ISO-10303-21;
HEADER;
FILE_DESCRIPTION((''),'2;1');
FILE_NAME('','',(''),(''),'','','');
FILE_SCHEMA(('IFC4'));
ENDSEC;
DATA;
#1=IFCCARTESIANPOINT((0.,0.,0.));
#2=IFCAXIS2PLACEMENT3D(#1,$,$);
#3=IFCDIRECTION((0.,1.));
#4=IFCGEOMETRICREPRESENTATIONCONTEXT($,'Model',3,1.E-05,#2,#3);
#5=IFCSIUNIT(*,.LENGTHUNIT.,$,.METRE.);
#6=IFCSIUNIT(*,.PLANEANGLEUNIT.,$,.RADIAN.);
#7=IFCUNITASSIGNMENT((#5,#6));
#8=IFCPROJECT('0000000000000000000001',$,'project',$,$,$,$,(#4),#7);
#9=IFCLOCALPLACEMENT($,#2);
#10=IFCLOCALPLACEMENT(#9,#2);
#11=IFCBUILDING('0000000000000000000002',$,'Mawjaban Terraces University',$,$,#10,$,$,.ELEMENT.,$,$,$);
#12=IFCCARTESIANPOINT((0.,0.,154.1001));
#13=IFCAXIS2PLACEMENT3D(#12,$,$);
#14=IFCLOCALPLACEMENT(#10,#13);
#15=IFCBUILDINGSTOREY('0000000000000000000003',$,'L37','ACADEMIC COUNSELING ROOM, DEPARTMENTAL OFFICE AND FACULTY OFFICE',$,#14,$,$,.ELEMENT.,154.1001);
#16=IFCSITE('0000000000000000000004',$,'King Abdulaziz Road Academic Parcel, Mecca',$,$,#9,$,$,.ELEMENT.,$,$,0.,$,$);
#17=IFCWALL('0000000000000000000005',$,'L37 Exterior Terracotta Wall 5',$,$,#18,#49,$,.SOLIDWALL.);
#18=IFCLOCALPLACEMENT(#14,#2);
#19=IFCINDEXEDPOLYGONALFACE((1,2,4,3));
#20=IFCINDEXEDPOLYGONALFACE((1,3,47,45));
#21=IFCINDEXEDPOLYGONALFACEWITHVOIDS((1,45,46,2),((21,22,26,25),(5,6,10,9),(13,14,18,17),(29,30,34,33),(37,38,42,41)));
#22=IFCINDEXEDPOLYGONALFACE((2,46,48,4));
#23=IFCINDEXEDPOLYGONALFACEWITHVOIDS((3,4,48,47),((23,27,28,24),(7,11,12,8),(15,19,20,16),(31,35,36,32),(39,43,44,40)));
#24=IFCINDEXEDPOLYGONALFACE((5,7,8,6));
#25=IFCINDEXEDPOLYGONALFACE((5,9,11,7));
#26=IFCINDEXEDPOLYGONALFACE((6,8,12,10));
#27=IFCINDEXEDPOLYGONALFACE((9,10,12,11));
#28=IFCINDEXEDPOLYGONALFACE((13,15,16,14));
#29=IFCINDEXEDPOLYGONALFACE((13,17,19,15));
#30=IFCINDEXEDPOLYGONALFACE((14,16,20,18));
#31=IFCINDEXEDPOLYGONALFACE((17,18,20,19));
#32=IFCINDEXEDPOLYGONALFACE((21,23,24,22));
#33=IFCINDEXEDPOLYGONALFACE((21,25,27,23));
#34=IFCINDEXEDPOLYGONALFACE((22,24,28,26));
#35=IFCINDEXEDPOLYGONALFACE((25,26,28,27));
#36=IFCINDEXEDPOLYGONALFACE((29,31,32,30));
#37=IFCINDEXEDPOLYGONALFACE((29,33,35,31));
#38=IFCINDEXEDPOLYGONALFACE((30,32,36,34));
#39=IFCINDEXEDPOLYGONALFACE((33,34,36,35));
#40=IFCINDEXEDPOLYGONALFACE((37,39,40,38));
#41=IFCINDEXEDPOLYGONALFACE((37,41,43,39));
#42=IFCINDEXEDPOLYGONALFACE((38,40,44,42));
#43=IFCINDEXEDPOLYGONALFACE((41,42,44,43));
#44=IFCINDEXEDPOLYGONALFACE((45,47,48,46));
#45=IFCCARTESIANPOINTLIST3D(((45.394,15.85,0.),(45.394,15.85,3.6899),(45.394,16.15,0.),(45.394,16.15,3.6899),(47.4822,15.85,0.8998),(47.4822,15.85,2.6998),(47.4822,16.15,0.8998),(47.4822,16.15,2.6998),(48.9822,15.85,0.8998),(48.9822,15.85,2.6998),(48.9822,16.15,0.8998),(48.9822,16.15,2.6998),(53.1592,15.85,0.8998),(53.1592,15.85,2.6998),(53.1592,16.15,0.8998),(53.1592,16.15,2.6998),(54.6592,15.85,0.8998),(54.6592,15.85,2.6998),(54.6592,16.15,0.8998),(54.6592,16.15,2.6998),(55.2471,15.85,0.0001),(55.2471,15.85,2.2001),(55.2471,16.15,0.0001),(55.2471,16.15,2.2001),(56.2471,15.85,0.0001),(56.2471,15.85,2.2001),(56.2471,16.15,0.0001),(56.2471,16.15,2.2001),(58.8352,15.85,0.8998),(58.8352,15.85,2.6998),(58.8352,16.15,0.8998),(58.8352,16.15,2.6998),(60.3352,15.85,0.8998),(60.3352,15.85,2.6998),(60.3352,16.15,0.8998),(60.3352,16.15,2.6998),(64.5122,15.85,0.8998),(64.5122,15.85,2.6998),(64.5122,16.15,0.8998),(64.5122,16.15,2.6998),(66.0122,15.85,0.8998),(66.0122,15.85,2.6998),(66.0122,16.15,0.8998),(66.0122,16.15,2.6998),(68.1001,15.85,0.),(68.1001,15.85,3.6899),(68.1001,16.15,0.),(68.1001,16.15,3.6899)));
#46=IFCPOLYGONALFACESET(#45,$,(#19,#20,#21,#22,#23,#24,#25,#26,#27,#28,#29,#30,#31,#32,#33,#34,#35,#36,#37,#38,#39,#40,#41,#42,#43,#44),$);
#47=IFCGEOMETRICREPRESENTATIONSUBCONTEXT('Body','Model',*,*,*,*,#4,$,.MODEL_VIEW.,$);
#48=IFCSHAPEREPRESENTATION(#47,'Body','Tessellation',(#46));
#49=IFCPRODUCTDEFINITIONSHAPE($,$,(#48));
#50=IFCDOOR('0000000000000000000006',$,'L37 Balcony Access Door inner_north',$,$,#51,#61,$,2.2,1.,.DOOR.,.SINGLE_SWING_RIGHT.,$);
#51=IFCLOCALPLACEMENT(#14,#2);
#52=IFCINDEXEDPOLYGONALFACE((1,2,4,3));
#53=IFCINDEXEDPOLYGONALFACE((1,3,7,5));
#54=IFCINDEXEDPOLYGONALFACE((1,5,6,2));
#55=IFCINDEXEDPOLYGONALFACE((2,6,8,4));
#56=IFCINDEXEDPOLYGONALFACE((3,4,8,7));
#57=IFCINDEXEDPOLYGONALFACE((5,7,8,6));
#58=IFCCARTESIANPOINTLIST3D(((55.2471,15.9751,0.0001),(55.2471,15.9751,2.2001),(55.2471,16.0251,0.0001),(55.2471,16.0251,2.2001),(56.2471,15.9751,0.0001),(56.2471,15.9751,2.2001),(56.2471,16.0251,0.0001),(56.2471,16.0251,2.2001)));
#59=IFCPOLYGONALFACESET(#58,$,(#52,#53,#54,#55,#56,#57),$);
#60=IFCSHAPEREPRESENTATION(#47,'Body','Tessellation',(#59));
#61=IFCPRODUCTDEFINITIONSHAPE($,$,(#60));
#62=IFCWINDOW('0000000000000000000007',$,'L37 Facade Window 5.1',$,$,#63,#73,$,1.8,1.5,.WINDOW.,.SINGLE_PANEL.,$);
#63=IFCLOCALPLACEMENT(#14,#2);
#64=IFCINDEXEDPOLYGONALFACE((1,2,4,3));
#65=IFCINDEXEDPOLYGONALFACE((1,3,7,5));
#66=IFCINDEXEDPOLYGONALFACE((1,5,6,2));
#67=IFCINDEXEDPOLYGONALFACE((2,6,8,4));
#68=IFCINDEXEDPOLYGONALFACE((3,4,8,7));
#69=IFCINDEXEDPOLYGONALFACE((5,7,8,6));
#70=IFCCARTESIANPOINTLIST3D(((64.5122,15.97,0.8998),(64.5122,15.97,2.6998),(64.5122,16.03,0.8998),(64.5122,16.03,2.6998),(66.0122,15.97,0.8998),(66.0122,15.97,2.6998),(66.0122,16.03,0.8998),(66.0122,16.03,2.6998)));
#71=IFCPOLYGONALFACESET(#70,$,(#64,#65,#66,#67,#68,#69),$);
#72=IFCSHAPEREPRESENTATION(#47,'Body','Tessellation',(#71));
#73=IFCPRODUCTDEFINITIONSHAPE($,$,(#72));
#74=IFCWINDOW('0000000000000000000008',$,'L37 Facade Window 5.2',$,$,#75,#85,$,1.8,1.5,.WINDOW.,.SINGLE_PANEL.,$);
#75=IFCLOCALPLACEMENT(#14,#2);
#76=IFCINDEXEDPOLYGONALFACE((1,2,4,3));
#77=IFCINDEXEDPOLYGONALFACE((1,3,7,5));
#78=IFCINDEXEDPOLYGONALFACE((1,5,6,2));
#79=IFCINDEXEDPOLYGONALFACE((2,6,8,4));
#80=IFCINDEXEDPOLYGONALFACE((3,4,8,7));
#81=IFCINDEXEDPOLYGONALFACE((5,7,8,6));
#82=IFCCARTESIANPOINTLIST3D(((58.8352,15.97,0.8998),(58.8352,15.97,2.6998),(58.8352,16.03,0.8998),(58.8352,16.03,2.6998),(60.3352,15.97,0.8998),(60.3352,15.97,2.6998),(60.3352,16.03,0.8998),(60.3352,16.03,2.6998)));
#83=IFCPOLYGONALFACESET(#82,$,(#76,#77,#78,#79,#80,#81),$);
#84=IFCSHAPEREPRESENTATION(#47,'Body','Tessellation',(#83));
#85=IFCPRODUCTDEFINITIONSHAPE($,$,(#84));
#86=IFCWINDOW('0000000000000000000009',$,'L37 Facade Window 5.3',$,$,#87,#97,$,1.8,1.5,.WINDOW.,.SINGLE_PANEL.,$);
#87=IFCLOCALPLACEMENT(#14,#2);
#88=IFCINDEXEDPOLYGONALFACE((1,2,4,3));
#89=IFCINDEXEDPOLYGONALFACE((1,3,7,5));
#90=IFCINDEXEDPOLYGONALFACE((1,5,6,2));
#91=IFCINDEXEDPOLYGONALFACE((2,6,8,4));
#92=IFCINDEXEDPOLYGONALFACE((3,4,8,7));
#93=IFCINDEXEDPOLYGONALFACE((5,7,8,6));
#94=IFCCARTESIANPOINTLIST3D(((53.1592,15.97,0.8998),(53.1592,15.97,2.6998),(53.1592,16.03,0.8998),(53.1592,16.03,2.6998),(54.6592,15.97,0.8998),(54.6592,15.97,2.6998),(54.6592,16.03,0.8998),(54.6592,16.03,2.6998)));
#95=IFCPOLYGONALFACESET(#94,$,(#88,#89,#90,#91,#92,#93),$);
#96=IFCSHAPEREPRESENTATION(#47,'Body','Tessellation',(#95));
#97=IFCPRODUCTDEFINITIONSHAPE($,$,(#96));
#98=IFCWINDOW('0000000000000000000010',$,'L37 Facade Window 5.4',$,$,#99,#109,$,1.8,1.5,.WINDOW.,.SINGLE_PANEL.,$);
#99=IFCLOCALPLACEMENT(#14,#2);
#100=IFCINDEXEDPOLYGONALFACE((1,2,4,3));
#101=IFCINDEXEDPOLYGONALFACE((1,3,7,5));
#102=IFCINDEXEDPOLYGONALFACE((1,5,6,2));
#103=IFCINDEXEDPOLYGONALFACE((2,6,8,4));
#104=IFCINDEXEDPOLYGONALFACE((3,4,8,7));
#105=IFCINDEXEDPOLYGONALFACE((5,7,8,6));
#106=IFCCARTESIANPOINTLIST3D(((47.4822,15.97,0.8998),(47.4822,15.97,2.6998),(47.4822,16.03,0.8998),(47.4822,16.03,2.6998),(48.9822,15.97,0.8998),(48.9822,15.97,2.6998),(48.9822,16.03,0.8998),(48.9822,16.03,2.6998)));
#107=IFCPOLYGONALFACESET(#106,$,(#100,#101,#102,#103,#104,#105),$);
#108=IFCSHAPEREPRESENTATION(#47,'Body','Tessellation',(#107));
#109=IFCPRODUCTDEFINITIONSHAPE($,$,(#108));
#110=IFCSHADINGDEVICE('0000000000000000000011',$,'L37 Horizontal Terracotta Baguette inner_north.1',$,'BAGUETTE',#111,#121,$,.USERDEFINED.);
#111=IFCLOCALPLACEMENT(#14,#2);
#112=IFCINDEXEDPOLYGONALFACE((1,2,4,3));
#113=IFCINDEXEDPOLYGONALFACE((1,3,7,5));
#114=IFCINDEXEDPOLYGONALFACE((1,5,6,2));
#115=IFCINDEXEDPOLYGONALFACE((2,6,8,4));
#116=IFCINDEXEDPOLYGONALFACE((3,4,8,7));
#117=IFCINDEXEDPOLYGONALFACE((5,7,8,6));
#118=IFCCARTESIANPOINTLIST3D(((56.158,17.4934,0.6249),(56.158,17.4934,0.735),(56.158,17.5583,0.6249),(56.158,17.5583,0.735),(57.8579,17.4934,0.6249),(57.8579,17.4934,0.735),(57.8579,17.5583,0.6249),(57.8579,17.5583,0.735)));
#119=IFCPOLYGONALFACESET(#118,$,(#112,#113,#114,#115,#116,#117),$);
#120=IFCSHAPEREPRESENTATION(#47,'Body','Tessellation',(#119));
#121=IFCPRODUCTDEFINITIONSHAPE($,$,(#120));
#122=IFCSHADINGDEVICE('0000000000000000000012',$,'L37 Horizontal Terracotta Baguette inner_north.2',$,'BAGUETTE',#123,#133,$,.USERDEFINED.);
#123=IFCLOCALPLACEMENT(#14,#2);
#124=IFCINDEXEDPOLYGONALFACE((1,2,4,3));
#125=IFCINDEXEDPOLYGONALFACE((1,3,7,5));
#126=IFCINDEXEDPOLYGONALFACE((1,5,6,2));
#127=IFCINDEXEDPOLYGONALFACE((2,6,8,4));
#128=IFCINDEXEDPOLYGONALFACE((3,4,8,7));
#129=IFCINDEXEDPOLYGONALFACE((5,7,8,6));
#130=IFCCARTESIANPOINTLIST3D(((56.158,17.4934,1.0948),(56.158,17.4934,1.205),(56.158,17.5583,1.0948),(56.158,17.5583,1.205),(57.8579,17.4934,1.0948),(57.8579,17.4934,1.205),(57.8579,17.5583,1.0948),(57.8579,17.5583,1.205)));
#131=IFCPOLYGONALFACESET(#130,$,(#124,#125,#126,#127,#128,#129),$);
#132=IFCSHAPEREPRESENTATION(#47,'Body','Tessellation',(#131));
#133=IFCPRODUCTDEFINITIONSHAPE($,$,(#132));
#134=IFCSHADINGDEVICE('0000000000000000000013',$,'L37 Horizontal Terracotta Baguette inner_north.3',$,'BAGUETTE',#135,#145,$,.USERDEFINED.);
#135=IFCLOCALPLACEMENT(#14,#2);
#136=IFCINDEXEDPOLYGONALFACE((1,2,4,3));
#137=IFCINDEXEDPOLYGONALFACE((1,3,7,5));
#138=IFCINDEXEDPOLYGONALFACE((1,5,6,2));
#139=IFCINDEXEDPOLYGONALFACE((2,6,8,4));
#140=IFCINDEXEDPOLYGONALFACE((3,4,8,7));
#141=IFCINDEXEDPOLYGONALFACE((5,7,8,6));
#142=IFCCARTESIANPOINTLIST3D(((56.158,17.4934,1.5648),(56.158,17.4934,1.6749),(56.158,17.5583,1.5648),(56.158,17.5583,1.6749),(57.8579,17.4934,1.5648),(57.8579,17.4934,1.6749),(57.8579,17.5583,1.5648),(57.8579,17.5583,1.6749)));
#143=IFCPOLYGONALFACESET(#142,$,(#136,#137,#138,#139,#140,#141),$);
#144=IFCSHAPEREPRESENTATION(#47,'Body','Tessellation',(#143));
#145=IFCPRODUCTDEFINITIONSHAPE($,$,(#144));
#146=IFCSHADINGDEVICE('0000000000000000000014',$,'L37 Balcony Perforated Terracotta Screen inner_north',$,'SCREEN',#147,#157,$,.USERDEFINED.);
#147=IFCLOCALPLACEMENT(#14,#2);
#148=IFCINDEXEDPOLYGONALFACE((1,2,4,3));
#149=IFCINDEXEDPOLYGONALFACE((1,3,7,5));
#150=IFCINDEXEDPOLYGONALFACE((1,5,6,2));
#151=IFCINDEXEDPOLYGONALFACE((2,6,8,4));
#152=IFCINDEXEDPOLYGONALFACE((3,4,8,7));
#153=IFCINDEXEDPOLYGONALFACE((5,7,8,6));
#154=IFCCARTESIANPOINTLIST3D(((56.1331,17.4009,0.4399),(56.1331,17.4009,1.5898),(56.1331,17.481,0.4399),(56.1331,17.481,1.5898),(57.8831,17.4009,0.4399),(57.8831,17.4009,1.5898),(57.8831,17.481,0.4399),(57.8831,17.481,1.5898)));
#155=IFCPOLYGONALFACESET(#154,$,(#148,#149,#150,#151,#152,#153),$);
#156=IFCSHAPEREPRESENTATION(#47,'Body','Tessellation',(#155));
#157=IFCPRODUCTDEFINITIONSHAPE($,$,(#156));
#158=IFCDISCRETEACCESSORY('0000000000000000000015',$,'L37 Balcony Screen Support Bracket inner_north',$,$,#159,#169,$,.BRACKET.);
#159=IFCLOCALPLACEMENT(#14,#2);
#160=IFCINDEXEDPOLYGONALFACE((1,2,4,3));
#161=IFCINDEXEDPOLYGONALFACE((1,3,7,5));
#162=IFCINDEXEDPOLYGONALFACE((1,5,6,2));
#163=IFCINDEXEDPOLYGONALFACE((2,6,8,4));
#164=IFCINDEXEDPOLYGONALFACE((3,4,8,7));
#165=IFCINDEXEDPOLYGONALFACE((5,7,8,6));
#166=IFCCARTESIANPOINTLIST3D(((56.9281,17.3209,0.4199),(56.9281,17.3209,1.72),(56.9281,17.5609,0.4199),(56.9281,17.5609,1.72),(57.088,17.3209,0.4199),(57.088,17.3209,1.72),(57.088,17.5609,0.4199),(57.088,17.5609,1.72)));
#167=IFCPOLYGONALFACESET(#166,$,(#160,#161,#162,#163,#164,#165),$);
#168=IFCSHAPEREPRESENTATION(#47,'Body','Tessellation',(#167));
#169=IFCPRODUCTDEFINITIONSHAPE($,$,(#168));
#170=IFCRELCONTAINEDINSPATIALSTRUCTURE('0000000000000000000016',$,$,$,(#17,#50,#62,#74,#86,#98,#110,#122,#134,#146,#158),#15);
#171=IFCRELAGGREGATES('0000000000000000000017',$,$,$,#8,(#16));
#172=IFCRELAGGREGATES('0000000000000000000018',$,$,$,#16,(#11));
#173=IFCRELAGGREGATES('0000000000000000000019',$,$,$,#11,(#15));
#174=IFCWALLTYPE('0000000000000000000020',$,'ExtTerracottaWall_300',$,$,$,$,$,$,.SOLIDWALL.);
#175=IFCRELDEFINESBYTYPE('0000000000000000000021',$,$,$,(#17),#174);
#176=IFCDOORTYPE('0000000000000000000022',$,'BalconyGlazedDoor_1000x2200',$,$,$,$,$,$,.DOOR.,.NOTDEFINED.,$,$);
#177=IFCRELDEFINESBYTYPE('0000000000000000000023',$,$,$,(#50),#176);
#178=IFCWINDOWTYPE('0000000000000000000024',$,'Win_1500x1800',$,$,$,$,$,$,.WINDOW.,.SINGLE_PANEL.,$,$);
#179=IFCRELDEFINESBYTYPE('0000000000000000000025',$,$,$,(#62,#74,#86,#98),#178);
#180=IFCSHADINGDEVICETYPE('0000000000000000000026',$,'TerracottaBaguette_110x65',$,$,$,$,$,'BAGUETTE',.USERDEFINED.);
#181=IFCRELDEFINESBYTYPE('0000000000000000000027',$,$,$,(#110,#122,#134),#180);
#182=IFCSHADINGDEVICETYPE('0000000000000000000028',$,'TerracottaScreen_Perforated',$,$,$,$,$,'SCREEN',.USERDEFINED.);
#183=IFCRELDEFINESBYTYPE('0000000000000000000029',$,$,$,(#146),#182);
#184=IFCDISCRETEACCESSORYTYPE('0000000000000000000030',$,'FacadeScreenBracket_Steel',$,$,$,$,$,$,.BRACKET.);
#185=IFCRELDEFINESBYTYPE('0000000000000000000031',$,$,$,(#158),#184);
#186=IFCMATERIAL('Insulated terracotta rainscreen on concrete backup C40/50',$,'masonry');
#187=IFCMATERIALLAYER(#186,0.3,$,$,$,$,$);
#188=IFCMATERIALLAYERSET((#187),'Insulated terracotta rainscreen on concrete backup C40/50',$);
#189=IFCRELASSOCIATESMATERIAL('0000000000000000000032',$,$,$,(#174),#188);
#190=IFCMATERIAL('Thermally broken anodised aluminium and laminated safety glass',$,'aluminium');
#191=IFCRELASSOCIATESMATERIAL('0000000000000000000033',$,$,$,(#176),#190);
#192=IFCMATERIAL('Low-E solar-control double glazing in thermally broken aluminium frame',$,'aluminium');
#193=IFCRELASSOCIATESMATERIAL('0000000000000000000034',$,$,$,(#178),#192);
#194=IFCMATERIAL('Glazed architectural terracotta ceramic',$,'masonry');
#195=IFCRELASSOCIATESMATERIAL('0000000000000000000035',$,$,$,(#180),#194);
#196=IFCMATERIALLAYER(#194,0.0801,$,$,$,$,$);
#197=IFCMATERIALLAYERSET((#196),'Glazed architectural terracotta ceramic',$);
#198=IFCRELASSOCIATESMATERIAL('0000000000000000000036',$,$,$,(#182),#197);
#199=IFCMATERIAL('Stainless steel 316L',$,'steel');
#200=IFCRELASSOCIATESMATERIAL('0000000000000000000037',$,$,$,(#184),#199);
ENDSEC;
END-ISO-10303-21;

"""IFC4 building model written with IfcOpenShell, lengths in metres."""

from ifc_helpers import new_model, si_unit, direction, frame, frame_2d, origin, origin_2d, place, context, subcontext, project, spatial, rectangle, extrude, material, layer, layer_set, material_profile, profile_set, type_object, element, fill, save


model = new_model("IFC4")

# Units and contexts
model_context = context("Model", 3, precision=1e-05, world=origin(), true_north=direction((0.0, 1.0)))
body_context = subcontext(model_context, "Body", "Model", "MODEL_VIEW")
ifc_project = project(units=[si_unit("LENGTHUNIT", "METRE"), si_unit("PLANEANGLEUNIT", "RADIAN")], contexts=[model_context])

# Site, building, storey
site_placement = place(None, origin())
site = spatial("IfcSite", under=ifc_project, at=site_placement, Name="King Abdulaziz Road Academic Parcel, Mecca", CompositionType="ELEMENT", RefElevation=0.0)
building_placement = place(site_placement, origin())
building = spatial("IfcBuilding", under=site, at=building_placement, Name="Mawjaban Terraces University", CompositionType="ELEMENT")
storey_placement = place(building_placement, frame((0.0, 0.0, 154.1001)))
storey = spatial("IfcBuildingStorey", under=building, at=storey_placement, Name="L37", Description="ACADEMIC COUNSELING ROOM, DEPARTMENTAL OFFICE AND FACULTY OFFICE", CompositionType="ELEMENT", Elevation=154.1001)

# Wall, openings, door, windows
ifc_material_1 = material(Name="Insulated terracotta rainscreen on concrete backup C40/50", Category="masonry")
ifc_layer_1 = layer(ifc_material_1, 0.3)
ifc_layer_set_1 = layer_set([ifc_layer_1], Name="Insulated terracotta rainscreen on concrete backup C40/50")
wall_type = type_object("IfcWallType", Name="ExtTerracottaWall_300", PredefinedType="SOLIDWALL", material=ifc_layer_set_1)
wall_placement = place(storey_placement, frame((68.1001, 16.0, 0.0), z_axis=(0.0, 0.0, 1.0), x_axis=(-1.0, 0.0, 0.0)))
wall = element("IfcWall", 1, at=wall_placement, inside=storey, type_object=wall_type, Name="L37 Exterior Terracotta Wall 5", PredefinedType="SOLIDWALL", context=body_context, shape_type="SweptSolid", body=[
    extrude(rectangle(XDim=22.7061, YDim=0.3, at=frame_2d((11.353, 0.0))), origin(), (0.0, 0.0, 1.0), 3.6899),
])
opening_1_placement = place(wall_placement, frame((11.853, 0.0, 0.0)))
opening_1 = element("IfcOpeningElement", 2, at=opening_1_placement, cuts=wall, PredefinedType="OPENING", context=body_context, shape_type="SweptSolid", body=[
    extrude(rectangle(XDim=1.0, YDim=2.2, at=frame_2d((0.5, 1.1001))), frame((0.0, 0.1599, 0.0), z_axis=(0.0, -1.0, 0.0), x_axis=(1.0, 0.0, 0.0)), (0.0, 0.0, 1.0), 0.3201),
])
opening_2_placement = place(wall_placement, frame((2.0879, 0.0, 0.8999)))
opening_2 = element("IfcOpeningElement", 3, at=opening_2_placement, cuts=wall, PredefinedType="OPENING", context=body_context, shape_type="SweptSolid", body=[
    extrude(rectangle(XDim=1.5, YDim=1.8, at=frame_2d((0.75, 0.8999))), frame((0.0, 0.1599, 0.0), z_axis=(0.0, -1.0, 0.0), x_axis=(1.0, 0.0, 0.0)), (0.0, 0.0, 1.0), 0.3201),
])
opening_3_placement = place(wall_placement, frame((7.7649, 0.0, 0.8999)))
opening_3 = element("IfcOpeningElement", 4, at=opening_3_placement, cuts=wall, PredefinedType="OPENING", context=body_context, shape_type="SweptSolid", body=[
    extrude(rectangle(XDim=1.5, YDim=1.8, at=frame_2d((0.75, 0.8999))), frame((0.0, 0.1599, 0.0), z_axis=(0.0, -1.0, 0.0), x_axis=(1.0, 0.0, 0.0)), (0.0, 0.0, 1.0), 0.3201),
])
opening_4_placement = place(wall_placement, frame((13.4409, 0.0, 0.8999)))
opening_4 = element("IfcOpeningElement", 5, at=opening_4_placement, cuts=wall, PredefinedType="OPENING", context=body_context, shape_type="SweptSolid", body=[
    extrude(rectangle(XDim=1.5, YDim=1.8, at=frame_2d((0.75, 0.8999))), frame((0.0, 0.1599, 0.0), z_axis=(0.0, -1.0, 0.0), x_axis=(1.0, 0.0, 0.0)), (0.0, 0.0, 1.0), 0.3201),
])
opening_5_placement = place(wall_placement, frame((19.1179, 0.0, 0.8999)))
opening_5 = element("IfcOpeningElement", 6, at=opening_5_placement, cuts=wall, PredefinedType="OPENING", context=body_context, shape_type="SweptSolid", body=[
    extrude(rectangle(XDim=1.5, YDim=1.8, at=frame_2d((0.75, 0.8999))), frame((0.0, 0.1599, 0.0), z_axis=(0.0, -1.0, 0.0), x_axis=(1.0, 0.0, 0.0)), (0.0, 0.0, 1.0), 0.3201),
])
ifc_material_2 = material(Name="Thermally broken anodised aluminium and laminated safety glass", Category="aluminium")
door_type = type_object("IfcDoorType", Name="BalconyGlazedDoor_1000x2200", OperationType="NOTDEFINED", PredefinedType="DOOR", material=ifc_material_2)
door_placement = place(opening_1_placement, origin())
door = element("IfcDoor", 7, at=door_placement, inside=storey, type_object=door_type, Name="L37 Balcony Access Door inner_north", OperationType="SINGLE_SWING_RIGHT", OverallHeight=2.2, OverallWidth=1.0, PredefinedType="DOOR", context=body_context, shape_type="SweptSolid", body=[
    extrude(rectangle(XDim=1.0, YDim=2.2, at=frame_2d((0.5, 1.1001))), frame((0.0, 0.0249, 0.0), z_axis=(0.0, -1.0, 0.0), x_axis=(1.0, 0.0, 0.0)), (0.0, 0.0, 1.0), 0.05),
])
fill(opening_1, door)
ifc_material_3 = material(Name="Low-E solar-control double glazing in thermally broken aluminium frame", Category="aluminium")
window_type = type_object("IfcWindowType", Name="Win_1500x1800", PartitioningType="SINGLE_PANEL", PredefinedType="WINDOW", material=ifc_material_3)
window_1_placement = place(opening_2_placement, origin())
window_1 = element("IfcWindow", 8, at=window_1_placement, inside=storey, type_object=window_type, Name="L37 Facade Window 5.1", OverallHeight=1.8, OverallWidth=1.5, PartitioningType="SINGLE_PANEL", PredefinedType="WINDOW", context=body_context, shape_type="SweptSolid", body=[
    extrude(rectangle(XDim=1.5, YDim=1.8, at=frame_2d((0.75, 0.8999))), frame((0.0, 0.03, 0.0), z_axis=(0.0, -1.0, 0.0), x_axis=(1.0, 0.0, 0.0)), (0.0, 0.0, 1.0), 0.0601),
])
fill(opening_2, window_1)
window_2_placement = place(opening_3_placement, origin())
window_2 = element("IfcWindow", 9, at=window_2_placement, inside=storey, type_object=window_type, Name="L37 Facade Window 5.2", OverallHeight=1.8, OverallWidth=1.5, PartitioningType="SINGLE_PANEL", PredefinedType="WINDOW", context=body_context, shape_type="SweptSolid", body=[
    extrude(rectangle(XDim=1.5, YDim=1.8, at=frame_2d((0.75, 0.8999))), frame((0.0, 0.03, 0.0), z_axis=(0.0, -1.0, 0.0), x_axis=(1.0, 0.0, 0.0)), (0.0, 0.0, 1.0), 0.0601),
])
fill(opening_3, window_2)
window_3_placement = place(opening_4_placement, origin())
window_3 = element("IfcWindow", 10, at=window_3_placement, inside=storey, type_object=window_type, Name="L37 Facade Window 5.3", OverallHeight=1.8, OverallWidth=1.5, PartitioningType="SINGLE_PANEL", PredefinedType="WINDOW", context=body_context, shape_type="SweptSolid", body=[
    extrude(rectangle(XDim=1.5, YDim=1.8, at=frame_2d((0.75, 0.8999))), frame((0.0, 0.03, 0.0), z_axis=(0.0, -1.0, 0.0), x_axis=(1.0, 0.0, 0.0)), (0.0, 0.0, 1.0), 0.0601),
])
fill(opening_4, window_3)
window_4_placement = place(opening_5_placement, origin())
window_4 = element("IfcWindow", 11, at=window_4_placement, inside=storey, type_object=window_type, Name="L37 Facade Window 5.4", OverallHeight=1.8, OverallWidth=1.5, PartitioningType="SINGLE_PANEL", PredefinedType="WINDOW", context=body_context, shape_type="SweptSolid", body=[
    extrude(rectangle(XDim=1.5, YDim=1.8, at=frame_2d((0.75, 0.8999))), frame((0.0, 0.03, 0.0), z_axis=(0.0, -1.0, 0.0), x_axis=(1.0, 0.0, 0.0)), (0.0, 0.0, 1.0), 0.0601),
])
fill(opening_5, window_4)

# Shading devices
ifc_material_4 = material(Name="Glazed architectural terracotta ceramic", Category="masonry")
ifc_material_profile_1 = material_profile(ifc_material_4, rectangle(XDim=0.0649, YDim=0.1101, at=origin_2d()), Name="TBAG110X65")
ifc_profile_set_1 = profile_set([ifc_material_profile_1], Name="Glazed architectural terracotta ceramic")
shading_device_type_1 = type_object("IfcShadingDeviceType", Name="TerracottaBaguette_110x65", ElementType="BAGUETTE", PredefinedType="USERDEFINED", material=ifc_profile_set_1)
for number, where, z_axis, x_axis, name in (
    (12, (56.158, 17.5259, 0.6799), (1.0, 0.0, 0.0), (0.0, 1.0, 0.0), "L37 Horizontal Terracotta Baguette inner_north.1"),
    (13, (56.158, 17.5259, 1.1499), (1.0, 0.0, 0.0), (0.0, 1.0, 0.0), "L37 Horizontal Terracotta Baguette inner_north.2"),
    (14, (56.158, 17.5259, 1.6199), (1.0, 0.0, 0.0), (0.0, 1.0, 0.0), "L37 Horizontal Terracotta Baguette inner_north.3"),
):
    element("IfcShadingDevice", number, at=place(storey_placement, frame(where, z_axis=z_axis, x_axis=x_axis)), inside=storey, type_object=shading_device_type_1, Name=name, ObjectType="BAGUETTE", PredefinedType="USERDEFINED", context=body_context, shape_type="SweptSolid", body=[
        extrude(rectangle(XDim=0.0649, YDim=0.1101, at=origin_2d()), origin(), (0.0, 0.0, 1.0), 1.7),
    ])
ifc_layer_2 = layer(ifc_material_4, 0.0801)
ifc_layer_set_2 = layer_set([ifc_layer_2], Name="Glazed architectural terracotta ceramic")
shading_device_type_2 = type_object("IfcShadingDeviceType", Name="TerracottaScreen_Perforated", ElementType="SCREEN", PredefinedType="USERDEFINED", material=ifc_layer_set_2)
shading_device_placement = place(storey_placement, frame((57.0081, 17.4409, 0.4399), z_axis=(0.0, 0.0, 1.0), x_axis=(1.0, 0.0, 0.0)))
element("IfcShadingDevice", 15, at=shading_device_placement, inside=storey, type_object=shading_device_type_2, Name="L37 Balcony Perforated Terracotta Screen inner_north", ObjectType="SCREEN", PredefinedType="USERDEFINED", context=body_context, shape_type="SweptSolid", body=[
    extrude(rectangle(XDim=1.75, YDim=0.0801, at=origin_2d()), origin(), (0.0, 0.0, 1.0), 1.1499),
])

# Discrete accessory
ifc_material_5 = material(Name="Stainless steel 316L", Category="steel")
discrete_accessory_type_1 = type_object("IfcDiscreteAccessoryType", Name="FacadeScreenBracket_Steel", PredefinedType="BRACKET", material=ifc_material_5)
discrete_accessory_1_placement = place(storey_placement, frame((57.0081, 17.4409, 0.4199), z_axis=(0.0, 0.0, 1.0), x_axis=(1.0, 0.0, 0.0)))
element("IfcDiscreteAccessory", 16, at=discrete_accessory_1_placement, inside=storey, type_object=discrete_accessory_type_1, Name="L37 Balcony Screen Support Bracket inner_north", PredefinedType="BRACKET", context=body_context, shape_type="SweptSolid", body=[
    extrude(rectangle(XDim=0.1599, YDim=0.24, at=origin_2d()), origin(), (0.0, 0.0, 1.0), 1.3),
])

save(model, "model.ifc")
